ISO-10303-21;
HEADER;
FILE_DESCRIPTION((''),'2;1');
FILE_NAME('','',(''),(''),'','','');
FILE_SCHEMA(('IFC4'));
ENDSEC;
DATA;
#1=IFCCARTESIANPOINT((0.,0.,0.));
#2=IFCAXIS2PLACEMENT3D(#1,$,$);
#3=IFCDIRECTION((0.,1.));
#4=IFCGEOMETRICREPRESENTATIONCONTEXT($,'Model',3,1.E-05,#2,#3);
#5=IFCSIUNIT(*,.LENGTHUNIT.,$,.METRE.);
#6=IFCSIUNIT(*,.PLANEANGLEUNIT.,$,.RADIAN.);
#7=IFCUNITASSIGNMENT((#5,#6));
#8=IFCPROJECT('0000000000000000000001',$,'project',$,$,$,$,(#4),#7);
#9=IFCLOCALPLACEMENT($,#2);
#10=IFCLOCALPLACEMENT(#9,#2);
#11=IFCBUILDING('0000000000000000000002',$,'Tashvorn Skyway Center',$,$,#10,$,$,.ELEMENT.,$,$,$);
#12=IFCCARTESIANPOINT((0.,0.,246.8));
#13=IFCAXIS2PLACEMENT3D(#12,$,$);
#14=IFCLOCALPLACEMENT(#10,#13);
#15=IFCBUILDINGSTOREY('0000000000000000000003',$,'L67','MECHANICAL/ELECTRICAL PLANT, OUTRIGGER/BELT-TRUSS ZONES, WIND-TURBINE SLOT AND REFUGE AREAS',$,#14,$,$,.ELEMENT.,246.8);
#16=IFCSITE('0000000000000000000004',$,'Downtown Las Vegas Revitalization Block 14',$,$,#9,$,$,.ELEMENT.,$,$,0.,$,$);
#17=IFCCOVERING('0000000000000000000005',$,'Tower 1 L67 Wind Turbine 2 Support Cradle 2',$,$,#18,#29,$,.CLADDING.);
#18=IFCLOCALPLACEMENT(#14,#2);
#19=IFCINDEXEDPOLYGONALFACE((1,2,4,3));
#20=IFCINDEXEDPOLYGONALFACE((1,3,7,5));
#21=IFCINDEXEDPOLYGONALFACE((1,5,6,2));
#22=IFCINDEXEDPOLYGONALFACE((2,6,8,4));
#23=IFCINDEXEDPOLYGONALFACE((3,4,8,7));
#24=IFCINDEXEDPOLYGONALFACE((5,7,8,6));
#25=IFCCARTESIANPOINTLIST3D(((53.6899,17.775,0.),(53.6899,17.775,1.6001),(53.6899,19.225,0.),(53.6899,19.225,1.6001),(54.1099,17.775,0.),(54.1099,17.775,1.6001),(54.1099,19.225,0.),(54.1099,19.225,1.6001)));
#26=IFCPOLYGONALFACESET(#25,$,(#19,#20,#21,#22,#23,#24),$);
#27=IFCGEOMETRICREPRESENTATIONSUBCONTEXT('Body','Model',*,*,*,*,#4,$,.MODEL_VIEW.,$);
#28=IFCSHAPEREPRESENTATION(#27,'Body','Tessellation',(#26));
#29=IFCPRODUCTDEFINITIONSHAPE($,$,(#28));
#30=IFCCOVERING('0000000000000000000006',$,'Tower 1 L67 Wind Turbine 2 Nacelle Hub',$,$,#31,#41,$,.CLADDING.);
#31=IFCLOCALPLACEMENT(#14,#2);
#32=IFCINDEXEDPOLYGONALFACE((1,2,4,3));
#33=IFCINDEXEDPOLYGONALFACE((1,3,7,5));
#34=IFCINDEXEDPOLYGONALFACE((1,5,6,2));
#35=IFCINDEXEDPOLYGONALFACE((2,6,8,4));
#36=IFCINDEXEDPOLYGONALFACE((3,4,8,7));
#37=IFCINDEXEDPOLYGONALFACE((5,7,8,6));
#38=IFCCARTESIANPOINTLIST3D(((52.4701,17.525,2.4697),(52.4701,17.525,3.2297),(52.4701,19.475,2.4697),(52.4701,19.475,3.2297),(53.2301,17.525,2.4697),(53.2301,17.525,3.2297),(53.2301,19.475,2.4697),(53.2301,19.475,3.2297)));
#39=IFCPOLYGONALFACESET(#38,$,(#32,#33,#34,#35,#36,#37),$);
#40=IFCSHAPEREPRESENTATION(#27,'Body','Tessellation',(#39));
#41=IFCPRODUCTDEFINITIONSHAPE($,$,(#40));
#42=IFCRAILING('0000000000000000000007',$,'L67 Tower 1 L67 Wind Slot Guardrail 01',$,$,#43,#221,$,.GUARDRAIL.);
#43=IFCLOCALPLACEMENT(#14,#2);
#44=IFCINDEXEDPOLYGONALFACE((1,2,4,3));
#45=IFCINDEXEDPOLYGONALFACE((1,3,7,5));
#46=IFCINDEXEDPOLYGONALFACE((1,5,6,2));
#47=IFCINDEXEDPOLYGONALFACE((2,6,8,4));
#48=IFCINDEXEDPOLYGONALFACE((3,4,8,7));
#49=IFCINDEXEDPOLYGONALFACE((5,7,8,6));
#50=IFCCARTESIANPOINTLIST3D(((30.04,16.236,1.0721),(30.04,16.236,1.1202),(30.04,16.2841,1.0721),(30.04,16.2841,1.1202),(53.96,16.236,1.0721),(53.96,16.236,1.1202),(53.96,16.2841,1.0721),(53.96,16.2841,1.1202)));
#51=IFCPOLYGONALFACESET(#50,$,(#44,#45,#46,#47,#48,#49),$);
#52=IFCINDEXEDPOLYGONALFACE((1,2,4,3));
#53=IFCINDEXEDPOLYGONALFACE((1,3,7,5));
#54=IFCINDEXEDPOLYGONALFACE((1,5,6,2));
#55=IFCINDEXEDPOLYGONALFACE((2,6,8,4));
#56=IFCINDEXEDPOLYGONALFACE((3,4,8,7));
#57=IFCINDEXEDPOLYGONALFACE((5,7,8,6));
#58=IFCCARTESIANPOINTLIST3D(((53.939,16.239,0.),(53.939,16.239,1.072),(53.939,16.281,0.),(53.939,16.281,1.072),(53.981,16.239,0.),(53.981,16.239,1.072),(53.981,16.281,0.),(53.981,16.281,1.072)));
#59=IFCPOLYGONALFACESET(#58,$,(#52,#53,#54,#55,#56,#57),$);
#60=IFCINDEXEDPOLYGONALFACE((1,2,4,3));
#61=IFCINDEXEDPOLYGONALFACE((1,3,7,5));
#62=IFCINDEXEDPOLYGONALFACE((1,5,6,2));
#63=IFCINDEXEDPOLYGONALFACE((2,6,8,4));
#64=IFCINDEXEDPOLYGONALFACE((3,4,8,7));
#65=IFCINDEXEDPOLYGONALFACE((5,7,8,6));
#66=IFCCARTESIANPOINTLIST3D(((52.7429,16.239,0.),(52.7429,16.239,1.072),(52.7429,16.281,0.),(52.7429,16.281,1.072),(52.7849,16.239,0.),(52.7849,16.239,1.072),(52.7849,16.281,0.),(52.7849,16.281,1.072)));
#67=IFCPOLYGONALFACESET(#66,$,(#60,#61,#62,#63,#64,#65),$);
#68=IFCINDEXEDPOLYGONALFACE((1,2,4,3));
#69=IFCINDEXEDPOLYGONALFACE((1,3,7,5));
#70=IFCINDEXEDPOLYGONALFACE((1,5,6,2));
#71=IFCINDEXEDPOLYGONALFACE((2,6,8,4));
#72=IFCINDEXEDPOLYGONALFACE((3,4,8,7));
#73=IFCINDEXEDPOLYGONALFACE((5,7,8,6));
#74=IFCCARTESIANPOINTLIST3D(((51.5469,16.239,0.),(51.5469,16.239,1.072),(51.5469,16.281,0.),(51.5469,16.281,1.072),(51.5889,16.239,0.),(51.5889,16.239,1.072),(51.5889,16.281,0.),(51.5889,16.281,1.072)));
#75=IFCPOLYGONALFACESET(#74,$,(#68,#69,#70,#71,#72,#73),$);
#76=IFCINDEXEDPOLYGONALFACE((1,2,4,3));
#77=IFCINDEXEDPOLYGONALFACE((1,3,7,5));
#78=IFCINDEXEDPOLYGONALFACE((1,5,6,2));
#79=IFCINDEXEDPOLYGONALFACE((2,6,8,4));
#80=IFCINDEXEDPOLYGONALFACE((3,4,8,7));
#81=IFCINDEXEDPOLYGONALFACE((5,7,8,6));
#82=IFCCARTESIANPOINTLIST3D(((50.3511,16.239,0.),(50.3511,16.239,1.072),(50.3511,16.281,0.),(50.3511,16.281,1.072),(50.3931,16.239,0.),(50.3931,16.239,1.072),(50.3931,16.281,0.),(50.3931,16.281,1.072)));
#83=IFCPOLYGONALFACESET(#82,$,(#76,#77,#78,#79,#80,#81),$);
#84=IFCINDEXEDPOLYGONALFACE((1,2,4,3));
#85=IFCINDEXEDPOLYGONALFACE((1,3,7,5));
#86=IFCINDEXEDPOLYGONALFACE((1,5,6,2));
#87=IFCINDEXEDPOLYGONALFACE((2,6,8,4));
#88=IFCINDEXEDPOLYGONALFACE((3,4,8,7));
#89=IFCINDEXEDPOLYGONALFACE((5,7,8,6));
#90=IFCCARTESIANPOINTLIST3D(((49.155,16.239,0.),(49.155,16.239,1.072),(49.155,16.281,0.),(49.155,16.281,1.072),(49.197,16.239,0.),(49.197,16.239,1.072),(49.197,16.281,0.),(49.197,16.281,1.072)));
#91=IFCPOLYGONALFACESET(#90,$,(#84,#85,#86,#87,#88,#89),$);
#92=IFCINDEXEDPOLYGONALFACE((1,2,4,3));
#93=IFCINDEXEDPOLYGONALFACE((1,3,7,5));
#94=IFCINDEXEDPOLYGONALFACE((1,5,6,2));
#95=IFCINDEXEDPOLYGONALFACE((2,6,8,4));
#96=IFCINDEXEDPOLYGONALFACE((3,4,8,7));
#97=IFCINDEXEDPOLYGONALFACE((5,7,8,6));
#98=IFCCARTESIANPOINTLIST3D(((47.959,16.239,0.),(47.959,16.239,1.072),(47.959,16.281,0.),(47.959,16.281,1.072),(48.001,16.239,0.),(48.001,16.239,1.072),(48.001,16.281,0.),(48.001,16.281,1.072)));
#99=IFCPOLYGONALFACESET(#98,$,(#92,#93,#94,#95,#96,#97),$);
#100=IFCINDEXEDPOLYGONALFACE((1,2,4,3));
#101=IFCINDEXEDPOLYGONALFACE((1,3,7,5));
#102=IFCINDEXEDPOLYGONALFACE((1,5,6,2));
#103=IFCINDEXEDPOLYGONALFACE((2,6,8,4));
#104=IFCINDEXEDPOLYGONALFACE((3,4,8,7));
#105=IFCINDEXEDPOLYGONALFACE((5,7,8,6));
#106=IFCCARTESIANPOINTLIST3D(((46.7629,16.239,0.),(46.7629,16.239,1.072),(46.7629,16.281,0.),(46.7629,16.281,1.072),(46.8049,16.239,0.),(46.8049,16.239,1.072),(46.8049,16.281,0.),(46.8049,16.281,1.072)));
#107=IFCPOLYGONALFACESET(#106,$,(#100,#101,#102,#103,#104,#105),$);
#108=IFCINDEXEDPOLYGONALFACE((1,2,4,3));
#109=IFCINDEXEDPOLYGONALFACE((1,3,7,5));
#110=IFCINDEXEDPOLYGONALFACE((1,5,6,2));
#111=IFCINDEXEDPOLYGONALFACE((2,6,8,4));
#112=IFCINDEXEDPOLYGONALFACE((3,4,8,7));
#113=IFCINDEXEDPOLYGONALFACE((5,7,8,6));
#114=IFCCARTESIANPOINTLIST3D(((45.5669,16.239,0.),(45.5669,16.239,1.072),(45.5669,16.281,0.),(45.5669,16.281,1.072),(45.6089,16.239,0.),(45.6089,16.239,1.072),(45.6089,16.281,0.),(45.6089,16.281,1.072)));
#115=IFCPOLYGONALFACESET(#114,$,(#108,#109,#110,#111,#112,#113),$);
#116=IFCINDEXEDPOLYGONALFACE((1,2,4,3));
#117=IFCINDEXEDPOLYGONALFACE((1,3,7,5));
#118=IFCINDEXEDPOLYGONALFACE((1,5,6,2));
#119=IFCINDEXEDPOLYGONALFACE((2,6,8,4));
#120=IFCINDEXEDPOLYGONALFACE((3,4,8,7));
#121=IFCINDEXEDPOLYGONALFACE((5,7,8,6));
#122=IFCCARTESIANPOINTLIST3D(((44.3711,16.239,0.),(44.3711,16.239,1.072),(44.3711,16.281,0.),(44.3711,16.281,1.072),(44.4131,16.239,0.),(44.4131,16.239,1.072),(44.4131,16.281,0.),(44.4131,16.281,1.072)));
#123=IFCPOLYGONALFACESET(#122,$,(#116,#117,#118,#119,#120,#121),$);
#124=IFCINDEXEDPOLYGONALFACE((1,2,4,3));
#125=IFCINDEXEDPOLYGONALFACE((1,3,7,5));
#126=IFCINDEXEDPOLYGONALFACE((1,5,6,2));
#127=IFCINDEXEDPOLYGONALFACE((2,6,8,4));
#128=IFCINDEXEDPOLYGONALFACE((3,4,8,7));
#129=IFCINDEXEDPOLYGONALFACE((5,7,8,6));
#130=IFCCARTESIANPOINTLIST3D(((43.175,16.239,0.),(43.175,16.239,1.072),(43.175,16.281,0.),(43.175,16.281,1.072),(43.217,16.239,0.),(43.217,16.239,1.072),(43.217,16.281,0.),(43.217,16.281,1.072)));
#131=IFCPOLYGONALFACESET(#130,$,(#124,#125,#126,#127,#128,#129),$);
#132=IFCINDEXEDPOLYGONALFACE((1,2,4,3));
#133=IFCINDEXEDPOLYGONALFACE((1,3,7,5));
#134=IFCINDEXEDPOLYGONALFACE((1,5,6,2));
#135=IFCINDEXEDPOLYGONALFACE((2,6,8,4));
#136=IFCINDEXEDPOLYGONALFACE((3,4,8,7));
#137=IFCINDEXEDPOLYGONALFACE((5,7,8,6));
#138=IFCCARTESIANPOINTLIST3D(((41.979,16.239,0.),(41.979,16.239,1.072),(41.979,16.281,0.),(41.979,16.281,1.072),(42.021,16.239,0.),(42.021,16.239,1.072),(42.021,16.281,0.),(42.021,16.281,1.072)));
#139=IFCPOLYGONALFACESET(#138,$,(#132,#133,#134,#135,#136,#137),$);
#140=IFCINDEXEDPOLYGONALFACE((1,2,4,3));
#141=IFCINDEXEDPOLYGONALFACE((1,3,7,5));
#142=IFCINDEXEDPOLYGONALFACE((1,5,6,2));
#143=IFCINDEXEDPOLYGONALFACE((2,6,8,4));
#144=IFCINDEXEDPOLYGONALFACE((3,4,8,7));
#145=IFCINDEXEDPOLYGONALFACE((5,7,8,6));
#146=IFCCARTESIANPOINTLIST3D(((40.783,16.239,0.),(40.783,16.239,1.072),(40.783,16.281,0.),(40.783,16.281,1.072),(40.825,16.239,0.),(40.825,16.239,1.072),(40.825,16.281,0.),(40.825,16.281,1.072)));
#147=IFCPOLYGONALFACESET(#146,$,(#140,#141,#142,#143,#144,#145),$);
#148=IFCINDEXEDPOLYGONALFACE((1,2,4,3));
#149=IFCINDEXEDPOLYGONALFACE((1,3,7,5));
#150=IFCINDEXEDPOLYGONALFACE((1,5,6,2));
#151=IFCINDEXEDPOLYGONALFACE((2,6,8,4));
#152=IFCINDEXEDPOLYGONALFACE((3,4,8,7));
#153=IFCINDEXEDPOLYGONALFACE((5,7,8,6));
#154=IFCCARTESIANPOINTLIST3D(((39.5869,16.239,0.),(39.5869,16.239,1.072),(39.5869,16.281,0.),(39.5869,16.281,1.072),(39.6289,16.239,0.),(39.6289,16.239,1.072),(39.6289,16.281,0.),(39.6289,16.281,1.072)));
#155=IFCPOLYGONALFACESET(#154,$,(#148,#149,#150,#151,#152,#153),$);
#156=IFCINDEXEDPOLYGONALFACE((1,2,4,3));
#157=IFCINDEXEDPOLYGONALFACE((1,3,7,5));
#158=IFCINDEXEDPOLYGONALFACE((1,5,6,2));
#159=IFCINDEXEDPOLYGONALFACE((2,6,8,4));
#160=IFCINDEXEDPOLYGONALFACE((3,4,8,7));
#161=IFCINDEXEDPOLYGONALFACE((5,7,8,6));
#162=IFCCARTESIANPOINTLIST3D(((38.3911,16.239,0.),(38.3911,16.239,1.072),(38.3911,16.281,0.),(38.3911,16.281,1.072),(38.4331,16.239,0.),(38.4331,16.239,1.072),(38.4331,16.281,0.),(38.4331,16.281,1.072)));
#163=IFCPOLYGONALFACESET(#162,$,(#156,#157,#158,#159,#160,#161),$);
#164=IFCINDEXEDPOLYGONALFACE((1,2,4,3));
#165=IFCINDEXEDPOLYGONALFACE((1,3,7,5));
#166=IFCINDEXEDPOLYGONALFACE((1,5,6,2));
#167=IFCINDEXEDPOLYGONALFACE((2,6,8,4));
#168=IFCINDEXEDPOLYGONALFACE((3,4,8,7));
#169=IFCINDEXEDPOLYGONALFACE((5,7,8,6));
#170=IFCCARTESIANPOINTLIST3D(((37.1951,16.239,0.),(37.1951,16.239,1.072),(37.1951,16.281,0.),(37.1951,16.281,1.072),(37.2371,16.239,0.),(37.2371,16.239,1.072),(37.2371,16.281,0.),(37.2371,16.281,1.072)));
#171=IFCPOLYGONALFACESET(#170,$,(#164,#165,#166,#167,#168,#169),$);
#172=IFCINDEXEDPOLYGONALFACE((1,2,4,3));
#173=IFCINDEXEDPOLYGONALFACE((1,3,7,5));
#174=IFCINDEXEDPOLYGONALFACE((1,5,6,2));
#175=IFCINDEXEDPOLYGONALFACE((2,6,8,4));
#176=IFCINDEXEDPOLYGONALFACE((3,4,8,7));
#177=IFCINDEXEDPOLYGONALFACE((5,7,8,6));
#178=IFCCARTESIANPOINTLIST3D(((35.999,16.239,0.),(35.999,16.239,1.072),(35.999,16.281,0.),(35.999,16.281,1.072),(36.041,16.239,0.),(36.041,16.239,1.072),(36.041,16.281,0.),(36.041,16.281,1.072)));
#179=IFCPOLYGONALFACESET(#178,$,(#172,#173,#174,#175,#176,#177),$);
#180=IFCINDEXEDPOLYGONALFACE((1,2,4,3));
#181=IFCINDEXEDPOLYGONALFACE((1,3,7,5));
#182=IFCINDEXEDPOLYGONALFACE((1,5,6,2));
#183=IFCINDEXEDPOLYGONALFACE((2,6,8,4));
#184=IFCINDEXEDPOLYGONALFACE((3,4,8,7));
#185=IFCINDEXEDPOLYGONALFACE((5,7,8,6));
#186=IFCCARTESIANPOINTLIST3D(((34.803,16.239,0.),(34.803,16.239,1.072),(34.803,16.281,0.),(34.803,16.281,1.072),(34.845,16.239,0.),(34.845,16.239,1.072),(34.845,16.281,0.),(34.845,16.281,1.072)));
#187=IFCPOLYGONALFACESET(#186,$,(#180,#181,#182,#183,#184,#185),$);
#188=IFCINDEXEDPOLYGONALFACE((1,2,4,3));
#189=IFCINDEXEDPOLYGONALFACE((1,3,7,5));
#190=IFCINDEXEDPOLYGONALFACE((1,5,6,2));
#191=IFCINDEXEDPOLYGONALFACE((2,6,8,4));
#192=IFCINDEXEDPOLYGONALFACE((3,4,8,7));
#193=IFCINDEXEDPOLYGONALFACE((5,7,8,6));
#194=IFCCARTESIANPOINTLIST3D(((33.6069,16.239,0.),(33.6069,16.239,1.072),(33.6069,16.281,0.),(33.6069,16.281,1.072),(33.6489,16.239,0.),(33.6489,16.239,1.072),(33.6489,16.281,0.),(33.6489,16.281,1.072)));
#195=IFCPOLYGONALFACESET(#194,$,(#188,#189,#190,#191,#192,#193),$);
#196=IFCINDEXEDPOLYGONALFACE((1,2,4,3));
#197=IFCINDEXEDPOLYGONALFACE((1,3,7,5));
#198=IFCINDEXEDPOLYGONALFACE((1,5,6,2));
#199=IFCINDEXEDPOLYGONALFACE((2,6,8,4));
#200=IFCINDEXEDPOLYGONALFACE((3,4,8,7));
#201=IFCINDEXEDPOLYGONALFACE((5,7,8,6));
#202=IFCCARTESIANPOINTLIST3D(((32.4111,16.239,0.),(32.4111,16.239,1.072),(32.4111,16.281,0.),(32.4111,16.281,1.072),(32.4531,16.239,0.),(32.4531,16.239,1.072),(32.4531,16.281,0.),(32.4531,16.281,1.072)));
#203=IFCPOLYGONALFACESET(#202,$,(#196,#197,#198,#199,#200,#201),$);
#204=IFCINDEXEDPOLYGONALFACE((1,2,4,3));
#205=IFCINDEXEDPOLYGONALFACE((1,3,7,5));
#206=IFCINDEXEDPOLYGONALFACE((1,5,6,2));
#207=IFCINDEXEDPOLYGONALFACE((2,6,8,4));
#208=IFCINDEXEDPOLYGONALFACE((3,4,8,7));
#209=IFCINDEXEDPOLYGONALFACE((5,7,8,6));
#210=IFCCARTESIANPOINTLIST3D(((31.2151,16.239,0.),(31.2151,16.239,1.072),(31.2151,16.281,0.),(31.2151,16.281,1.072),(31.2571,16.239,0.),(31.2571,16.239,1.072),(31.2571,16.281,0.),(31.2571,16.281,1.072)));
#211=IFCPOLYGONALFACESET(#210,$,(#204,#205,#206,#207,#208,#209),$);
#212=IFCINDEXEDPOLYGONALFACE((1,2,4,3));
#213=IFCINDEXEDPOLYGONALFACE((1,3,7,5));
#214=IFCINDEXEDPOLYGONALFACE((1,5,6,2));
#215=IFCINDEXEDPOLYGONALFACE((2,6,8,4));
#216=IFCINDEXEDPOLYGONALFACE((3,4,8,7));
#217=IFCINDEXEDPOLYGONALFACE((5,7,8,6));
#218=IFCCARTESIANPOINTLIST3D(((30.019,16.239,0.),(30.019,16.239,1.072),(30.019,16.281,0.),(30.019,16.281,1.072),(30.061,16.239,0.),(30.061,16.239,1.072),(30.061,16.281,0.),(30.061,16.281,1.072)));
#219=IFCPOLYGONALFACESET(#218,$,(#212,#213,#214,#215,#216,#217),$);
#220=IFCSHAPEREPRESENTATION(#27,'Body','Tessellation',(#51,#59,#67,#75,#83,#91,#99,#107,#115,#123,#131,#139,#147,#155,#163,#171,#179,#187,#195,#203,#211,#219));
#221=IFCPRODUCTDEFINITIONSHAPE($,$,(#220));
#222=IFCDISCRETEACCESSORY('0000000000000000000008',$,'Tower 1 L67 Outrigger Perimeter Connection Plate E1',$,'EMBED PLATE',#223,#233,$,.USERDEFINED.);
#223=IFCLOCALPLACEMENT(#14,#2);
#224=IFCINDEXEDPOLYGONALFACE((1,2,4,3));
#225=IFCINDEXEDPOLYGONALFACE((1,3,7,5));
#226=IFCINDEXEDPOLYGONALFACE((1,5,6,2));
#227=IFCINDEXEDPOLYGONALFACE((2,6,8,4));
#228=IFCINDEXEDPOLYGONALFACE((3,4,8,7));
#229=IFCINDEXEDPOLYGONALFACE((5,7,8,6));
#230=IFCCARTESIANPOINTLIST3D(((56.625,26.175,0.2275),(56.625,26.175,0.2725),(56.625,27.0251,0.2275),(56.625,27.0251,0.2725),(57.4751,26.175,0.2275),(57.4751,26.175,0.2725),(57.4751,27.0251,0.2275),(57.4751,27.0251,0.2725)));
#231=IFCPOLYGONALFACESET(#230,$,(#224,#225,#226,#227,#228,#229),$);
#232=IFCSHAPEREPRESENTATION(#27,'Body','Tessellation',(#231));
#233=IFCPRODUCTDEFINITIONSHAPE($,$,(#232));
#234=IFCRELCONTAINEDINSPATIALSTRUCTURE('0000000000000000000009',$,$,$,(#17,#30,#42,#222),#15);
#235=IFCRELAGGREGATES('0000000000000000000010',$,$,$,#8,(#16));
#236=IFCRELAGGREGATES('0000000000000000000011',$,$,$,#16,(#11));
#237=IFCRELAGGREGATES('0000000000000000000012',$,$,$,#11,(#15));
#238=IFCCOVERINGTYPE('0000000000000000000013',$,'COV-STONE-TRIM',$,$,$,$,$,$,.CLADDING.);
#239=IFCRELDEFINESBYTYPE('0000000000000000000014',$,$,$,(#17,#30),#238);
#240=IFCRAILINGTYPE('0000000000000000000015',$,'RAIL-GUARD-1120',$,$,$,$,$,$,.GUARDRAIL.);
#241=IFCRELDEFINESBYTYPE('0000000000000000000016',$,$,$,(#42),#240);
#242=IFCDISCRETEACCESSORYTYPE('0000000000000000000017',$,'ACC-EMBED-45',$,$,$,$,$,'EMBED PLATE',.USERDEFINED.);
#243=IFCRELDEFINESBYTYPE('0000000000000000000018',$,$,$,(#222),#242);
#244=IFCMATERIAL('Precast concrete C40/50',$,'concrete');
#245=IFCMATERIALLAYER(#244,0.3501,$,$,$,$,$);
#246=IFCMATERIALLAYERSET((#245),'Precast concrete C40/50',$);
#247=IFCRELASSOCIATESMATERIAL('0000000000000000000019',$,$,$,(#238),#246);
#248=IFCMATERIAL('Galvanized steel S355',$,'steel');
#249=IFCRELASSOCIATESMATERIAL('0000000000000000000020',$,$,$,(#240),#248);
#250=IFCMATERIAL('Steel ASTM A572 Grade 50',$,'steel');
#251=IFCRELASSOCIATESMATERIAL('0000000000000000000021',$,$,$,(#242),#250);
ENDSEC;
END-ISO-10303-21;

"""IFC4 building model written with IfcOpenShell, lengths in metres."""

from ifc_helpers import new_model, si_unit, direction, frame, origin, origin_2d, place, context, subcontext, project, spatial, rectangle, extrude, material, layer, layer_set, type_object, element, save


model = new_model("IFC4")

# Units and contexts
model_context = context("Model", 3, precision=1e-05, world=origin(), true_north=direction((0.0, 1.0)))
body_context = subcontext(model_context, "Body", "Model", "MODEL_VIEW")
ifc_project = project(units=[si_unit("LENGTHUNIT", "METRE"), si_unit("PLANEANGLEUNIT", "RADIAN")], contexts=[model_context])

# Site, building, storey
site_placement = place(None, origin())
site = spatial("IfcSite", under=ifc_project, at=site_placement, Name="Downtown Las Vegas Revitalization Block 14", CompositionType="ELEMENT", RefElevation=0.0)
building_placement = place(site_placement, origin())
building = spatial("IfcBuilding", under=site, at=building_placement, Name="Tashvorn Skyway Center", CompositionType="ELEMENT")
storey_placement = place(building_placement, frame((0.0, 0.0, 246.8)))
storey = spatial("IfcBuildingStorey", under=building, at=storey_placement, Name="L67", Description="MECHANICAL/ELECTRICAL PLANT, OUTRIGGER/BELT-TRUSS ZONES, WIND-TURBINE SLOT AND REFUGE AREAS", CompositionType="ELEMENT", Elevation=246.8)

# Shared definitions
ifc_material_1 = material(Name="Steel ASTM A572 Grade 50", Category="steel")

# Shared definitions
ifc_material_2 = material(Name="Precast concrete C40/50", Category="concrete")

# Coverings
ifc_layer_1 = layer(ifc_material_2, 0.3501)
ifc_layer_set_1 = layer_set([ifc_layer_1], Name="Precast concrete C40/50")
covering_type_1 = type_object("IfcCoveringType", Name="COV-STONE-TRIM", PredefinedType="CLADDING", material=ifc_layer_set_1)
for number, where, z_axis, x_axis, name in (
    (1, (53.8999, 18.5, 0.0), (0.0, 0.0, 1.0), (1.0, 0.0, 0.0), "Tower 1 L67 Wind Turbine 2 Support Cradle 2"),
):
    element("IfcCovering", number, at=place(storey_placement, frame(where, z_axis=z_axis, x_axis=x_axis)), inside=storey, type_object=covering_type_1, Name=name, PredefinedType="CLADDING", context=body_context, shape_type="SweptSolid", body=[
        extrude(rectangle(XDim=0.4199, YDim=1.45, at=origin_2d()), origin(), (0.0, 0.0, 1.0), 1.6001),
    ])
covering_1_placement = place(storey_placement, frame((52.8501, 18.5, 2.4697), z_axis=(0.0, 0.0, 1.0), x_axis=(1.0, 0.0, 0.0)))
element("IfcCovering", 2, at=covering_1_placement, inside=storey, type_object=covering_type_1, Name="Tower 1 L67 Wind Turbine 2 Nacelle Hub", PredefinedType="CLADDING", context=body_context, shape_type="SweptSolid", body=[
    extrude(rectangle(XDim=0.76, YDim=1.95, at=origin_2d()), origin(), (0.0, 0.0, 1.0), 0.76),
])

# Railing
ifc_material_3 = material(Name="Galvanized steel S355", Category="steel")
railing_type = type_object("IfcRailingType", Name="RAIL-GUARD-1120", PredefinedType="GUARDRAIL", material=ifc_material_3)
railing_placement = place(storey_placement, frame((53.96, 16.26, 0.0)))
element("IfcRailing", 3, at=railing_placement, inside=storey, type_object=railing_type, Name="L67 Tower 1 L67 Wind Slot Guardrail 01", PredefinedType="GUARDRAIL", context=body_context, shape_type="SweptSolid", body=[
    extrude(rectangle(XDim=0.0481, YDim=0.0481, at=origin_2d()), frame((0.0, 0.0, 1.0962), z_axis=(-1.0, 0.0, 0.0), x_axis=(0.0, -1.0, 0.0)), (0.0, 0.0, 1.0), 23.9199),
    extrude(rectangle(XDim=0.042, YDim=0.042, at=origin_2d()), origin(), (0.0, 0.0, 1.0), 1.072),
    extrude(rectangle(XDim=0.042, YDim=0.042, at=origin_2d()), frame((-1.196, 0.0, 0.0)), (0.0, 0.0, 1.0), 1.072),
    extrude(rectangle(XDim=0.042, YDim=0.042, at=origin_2d()), frame((-2.3921, 0.0, 0.0)), (0.0, 0.0, 1.0), 1.072),
    extrude(rectangle(XDim=0.042, YDim=0.042, at=origin_2d()), frame((-3.5879, 0.0, 0.0)), (0.0, 0.0, 1.0), 1.072),
    extrude(rectangle(XDim=0.042, YDim=0.042, at=origin_2d()), frame((-4.7839, 0.0, 0.0)), (0.0, 0.0, 1.0), 1.072),
    extrude(rectangle(XDim=0.042, YDim=0.042, at=origin_2d()), frame((-5.98, 0.0, 0.0)), (0.0, 0.0, 1.0), 1.072),
    extrude(rectangle(XDim=0.042, YDim=0.042, at=origin_2d()), frame((-7.176, 0.0, 0.0)), (0.0, 0.0, 1.0), 1.072),
    extrude(rectangle(XDim=0.042, YDim=0.042, at=origin_2d()), frame((-8.3721, 0.0, 0.0)), (0.0, 0.0, 1.0), 1.072),
    extrude(rectangle(XDim=0.042, YDim=0.042, at=origin_2d()), frame((-9.5679, 0.0, 0.0)), (0.0, 0.0, 1.0), 1.072),
    extrude(rectangle(XDim=0.042, YDim=0.042, at=origin_2d()), frame((-10.7639, 0.0, 0.0)), (0.0, 0.0, 1.0), 1.072),
    extrude(rectangle(XDim=0.042, YDim=0.042, at=origin_2d()), frame((-11.96, 0.0, 0.0)), (0.0, 0.0, 1.0), 1.072),
    extrude(rectangle(XDim=0.042, YDim=0.042, at=origin_2d()), frame((-13.156, 0.0, 0.0)), (0.0, 0.0, 1.0), 1.072),
    extrude(rectangle(XDim=0.042, YDim=0.042, at=origin_2d()), frame((-14.3521, 0.0, 0.0)), (0.0, 0.0, 1.0), 1.072),
    extrude(rectangle(XDim=0.042, YDim=0.042, at=origin_2d()), frame((-15.5479, 0.0, 0.0)), (0.0, 0.0, 1.0), 1.072),
    extrude(rectangle(XDim=0.042, YDim=0.042, at=origin_2d()), frame((-16.7439, 0.0, 0.0)), (0.0, 0.0, 1.0), 1.072),
    extrude(rectangle(XDim=0.042, YDim=0.042, at=origin_2d()), frame((-17.9399, 0.0, 0.0)), (0.0, 0.0, 1.0), 1.072),
    extrude(rectangle(XDim=0.042, YDim=0.042, at=origin_2d()), frame((-19.136, 0.0, 0.0)), (0.0, 0.0, 1.0), 1.072),
    extrude(rectangle(XDim=0.042, YDim=0.042, at=origin_2d()), frame((-20.332, 0.0, 0.0)), (0.0, 0.0, 1.0), 1.072),
    extrude(rectangle(XDim=0.042, YDim=0.042, at=origin_2d()), frame((-21.5278, 0.0, 0.0)), (0.0, 0.0, 1.0), 1.072),
    extrude(rectangle(XDim=0.042, YDim=0.042, at=origin_2d()), frame((-22.7239, 0.0, 0.0)), (0.0, 0.0, 1.0), 1.072),
    extrude(rectangle(XDim=0.042, YDim=0.042, at=origin_2d()), frame((-23.9199, 0.0, 0.0)), (0.0, 0.0, 1.0), 1.072),
])

# Discrete accessory
discrete_accessory_type = type_object("IfcDiscreteAccessoryType", Name="ACC-EMBED-45", ElementType="EMBED PLATE", PredefinedType="USERDEFINED", material=ifc_material_1)
discrete_accessory_placement = place(storey_placement, frame((57.05, 26.6001, 0.2275), z_axis=(0.0, 0.0, 1.0), x_axis=(1.0, 0.0, 0.0)))
element("IfcDiscreteAccessory", 4, at=discrete_accessory_placement, inside=storey, type_object=discrete_accessory_type, Name="Tower 1 L67 Outrigger Perimeter Connection Plate E1", ObjectType="EMBED PLATE", PredefinedType="USERDEFINED", context=body_context, shape_type="SweptSolid", body=[
    extrude(rectangle(XDim=0.8501, YDim=0.8501, at=origin_2d()), origin(), (0.0, 0.0, 1.0), 0.0449),
])

save(model, "model.ifc")
